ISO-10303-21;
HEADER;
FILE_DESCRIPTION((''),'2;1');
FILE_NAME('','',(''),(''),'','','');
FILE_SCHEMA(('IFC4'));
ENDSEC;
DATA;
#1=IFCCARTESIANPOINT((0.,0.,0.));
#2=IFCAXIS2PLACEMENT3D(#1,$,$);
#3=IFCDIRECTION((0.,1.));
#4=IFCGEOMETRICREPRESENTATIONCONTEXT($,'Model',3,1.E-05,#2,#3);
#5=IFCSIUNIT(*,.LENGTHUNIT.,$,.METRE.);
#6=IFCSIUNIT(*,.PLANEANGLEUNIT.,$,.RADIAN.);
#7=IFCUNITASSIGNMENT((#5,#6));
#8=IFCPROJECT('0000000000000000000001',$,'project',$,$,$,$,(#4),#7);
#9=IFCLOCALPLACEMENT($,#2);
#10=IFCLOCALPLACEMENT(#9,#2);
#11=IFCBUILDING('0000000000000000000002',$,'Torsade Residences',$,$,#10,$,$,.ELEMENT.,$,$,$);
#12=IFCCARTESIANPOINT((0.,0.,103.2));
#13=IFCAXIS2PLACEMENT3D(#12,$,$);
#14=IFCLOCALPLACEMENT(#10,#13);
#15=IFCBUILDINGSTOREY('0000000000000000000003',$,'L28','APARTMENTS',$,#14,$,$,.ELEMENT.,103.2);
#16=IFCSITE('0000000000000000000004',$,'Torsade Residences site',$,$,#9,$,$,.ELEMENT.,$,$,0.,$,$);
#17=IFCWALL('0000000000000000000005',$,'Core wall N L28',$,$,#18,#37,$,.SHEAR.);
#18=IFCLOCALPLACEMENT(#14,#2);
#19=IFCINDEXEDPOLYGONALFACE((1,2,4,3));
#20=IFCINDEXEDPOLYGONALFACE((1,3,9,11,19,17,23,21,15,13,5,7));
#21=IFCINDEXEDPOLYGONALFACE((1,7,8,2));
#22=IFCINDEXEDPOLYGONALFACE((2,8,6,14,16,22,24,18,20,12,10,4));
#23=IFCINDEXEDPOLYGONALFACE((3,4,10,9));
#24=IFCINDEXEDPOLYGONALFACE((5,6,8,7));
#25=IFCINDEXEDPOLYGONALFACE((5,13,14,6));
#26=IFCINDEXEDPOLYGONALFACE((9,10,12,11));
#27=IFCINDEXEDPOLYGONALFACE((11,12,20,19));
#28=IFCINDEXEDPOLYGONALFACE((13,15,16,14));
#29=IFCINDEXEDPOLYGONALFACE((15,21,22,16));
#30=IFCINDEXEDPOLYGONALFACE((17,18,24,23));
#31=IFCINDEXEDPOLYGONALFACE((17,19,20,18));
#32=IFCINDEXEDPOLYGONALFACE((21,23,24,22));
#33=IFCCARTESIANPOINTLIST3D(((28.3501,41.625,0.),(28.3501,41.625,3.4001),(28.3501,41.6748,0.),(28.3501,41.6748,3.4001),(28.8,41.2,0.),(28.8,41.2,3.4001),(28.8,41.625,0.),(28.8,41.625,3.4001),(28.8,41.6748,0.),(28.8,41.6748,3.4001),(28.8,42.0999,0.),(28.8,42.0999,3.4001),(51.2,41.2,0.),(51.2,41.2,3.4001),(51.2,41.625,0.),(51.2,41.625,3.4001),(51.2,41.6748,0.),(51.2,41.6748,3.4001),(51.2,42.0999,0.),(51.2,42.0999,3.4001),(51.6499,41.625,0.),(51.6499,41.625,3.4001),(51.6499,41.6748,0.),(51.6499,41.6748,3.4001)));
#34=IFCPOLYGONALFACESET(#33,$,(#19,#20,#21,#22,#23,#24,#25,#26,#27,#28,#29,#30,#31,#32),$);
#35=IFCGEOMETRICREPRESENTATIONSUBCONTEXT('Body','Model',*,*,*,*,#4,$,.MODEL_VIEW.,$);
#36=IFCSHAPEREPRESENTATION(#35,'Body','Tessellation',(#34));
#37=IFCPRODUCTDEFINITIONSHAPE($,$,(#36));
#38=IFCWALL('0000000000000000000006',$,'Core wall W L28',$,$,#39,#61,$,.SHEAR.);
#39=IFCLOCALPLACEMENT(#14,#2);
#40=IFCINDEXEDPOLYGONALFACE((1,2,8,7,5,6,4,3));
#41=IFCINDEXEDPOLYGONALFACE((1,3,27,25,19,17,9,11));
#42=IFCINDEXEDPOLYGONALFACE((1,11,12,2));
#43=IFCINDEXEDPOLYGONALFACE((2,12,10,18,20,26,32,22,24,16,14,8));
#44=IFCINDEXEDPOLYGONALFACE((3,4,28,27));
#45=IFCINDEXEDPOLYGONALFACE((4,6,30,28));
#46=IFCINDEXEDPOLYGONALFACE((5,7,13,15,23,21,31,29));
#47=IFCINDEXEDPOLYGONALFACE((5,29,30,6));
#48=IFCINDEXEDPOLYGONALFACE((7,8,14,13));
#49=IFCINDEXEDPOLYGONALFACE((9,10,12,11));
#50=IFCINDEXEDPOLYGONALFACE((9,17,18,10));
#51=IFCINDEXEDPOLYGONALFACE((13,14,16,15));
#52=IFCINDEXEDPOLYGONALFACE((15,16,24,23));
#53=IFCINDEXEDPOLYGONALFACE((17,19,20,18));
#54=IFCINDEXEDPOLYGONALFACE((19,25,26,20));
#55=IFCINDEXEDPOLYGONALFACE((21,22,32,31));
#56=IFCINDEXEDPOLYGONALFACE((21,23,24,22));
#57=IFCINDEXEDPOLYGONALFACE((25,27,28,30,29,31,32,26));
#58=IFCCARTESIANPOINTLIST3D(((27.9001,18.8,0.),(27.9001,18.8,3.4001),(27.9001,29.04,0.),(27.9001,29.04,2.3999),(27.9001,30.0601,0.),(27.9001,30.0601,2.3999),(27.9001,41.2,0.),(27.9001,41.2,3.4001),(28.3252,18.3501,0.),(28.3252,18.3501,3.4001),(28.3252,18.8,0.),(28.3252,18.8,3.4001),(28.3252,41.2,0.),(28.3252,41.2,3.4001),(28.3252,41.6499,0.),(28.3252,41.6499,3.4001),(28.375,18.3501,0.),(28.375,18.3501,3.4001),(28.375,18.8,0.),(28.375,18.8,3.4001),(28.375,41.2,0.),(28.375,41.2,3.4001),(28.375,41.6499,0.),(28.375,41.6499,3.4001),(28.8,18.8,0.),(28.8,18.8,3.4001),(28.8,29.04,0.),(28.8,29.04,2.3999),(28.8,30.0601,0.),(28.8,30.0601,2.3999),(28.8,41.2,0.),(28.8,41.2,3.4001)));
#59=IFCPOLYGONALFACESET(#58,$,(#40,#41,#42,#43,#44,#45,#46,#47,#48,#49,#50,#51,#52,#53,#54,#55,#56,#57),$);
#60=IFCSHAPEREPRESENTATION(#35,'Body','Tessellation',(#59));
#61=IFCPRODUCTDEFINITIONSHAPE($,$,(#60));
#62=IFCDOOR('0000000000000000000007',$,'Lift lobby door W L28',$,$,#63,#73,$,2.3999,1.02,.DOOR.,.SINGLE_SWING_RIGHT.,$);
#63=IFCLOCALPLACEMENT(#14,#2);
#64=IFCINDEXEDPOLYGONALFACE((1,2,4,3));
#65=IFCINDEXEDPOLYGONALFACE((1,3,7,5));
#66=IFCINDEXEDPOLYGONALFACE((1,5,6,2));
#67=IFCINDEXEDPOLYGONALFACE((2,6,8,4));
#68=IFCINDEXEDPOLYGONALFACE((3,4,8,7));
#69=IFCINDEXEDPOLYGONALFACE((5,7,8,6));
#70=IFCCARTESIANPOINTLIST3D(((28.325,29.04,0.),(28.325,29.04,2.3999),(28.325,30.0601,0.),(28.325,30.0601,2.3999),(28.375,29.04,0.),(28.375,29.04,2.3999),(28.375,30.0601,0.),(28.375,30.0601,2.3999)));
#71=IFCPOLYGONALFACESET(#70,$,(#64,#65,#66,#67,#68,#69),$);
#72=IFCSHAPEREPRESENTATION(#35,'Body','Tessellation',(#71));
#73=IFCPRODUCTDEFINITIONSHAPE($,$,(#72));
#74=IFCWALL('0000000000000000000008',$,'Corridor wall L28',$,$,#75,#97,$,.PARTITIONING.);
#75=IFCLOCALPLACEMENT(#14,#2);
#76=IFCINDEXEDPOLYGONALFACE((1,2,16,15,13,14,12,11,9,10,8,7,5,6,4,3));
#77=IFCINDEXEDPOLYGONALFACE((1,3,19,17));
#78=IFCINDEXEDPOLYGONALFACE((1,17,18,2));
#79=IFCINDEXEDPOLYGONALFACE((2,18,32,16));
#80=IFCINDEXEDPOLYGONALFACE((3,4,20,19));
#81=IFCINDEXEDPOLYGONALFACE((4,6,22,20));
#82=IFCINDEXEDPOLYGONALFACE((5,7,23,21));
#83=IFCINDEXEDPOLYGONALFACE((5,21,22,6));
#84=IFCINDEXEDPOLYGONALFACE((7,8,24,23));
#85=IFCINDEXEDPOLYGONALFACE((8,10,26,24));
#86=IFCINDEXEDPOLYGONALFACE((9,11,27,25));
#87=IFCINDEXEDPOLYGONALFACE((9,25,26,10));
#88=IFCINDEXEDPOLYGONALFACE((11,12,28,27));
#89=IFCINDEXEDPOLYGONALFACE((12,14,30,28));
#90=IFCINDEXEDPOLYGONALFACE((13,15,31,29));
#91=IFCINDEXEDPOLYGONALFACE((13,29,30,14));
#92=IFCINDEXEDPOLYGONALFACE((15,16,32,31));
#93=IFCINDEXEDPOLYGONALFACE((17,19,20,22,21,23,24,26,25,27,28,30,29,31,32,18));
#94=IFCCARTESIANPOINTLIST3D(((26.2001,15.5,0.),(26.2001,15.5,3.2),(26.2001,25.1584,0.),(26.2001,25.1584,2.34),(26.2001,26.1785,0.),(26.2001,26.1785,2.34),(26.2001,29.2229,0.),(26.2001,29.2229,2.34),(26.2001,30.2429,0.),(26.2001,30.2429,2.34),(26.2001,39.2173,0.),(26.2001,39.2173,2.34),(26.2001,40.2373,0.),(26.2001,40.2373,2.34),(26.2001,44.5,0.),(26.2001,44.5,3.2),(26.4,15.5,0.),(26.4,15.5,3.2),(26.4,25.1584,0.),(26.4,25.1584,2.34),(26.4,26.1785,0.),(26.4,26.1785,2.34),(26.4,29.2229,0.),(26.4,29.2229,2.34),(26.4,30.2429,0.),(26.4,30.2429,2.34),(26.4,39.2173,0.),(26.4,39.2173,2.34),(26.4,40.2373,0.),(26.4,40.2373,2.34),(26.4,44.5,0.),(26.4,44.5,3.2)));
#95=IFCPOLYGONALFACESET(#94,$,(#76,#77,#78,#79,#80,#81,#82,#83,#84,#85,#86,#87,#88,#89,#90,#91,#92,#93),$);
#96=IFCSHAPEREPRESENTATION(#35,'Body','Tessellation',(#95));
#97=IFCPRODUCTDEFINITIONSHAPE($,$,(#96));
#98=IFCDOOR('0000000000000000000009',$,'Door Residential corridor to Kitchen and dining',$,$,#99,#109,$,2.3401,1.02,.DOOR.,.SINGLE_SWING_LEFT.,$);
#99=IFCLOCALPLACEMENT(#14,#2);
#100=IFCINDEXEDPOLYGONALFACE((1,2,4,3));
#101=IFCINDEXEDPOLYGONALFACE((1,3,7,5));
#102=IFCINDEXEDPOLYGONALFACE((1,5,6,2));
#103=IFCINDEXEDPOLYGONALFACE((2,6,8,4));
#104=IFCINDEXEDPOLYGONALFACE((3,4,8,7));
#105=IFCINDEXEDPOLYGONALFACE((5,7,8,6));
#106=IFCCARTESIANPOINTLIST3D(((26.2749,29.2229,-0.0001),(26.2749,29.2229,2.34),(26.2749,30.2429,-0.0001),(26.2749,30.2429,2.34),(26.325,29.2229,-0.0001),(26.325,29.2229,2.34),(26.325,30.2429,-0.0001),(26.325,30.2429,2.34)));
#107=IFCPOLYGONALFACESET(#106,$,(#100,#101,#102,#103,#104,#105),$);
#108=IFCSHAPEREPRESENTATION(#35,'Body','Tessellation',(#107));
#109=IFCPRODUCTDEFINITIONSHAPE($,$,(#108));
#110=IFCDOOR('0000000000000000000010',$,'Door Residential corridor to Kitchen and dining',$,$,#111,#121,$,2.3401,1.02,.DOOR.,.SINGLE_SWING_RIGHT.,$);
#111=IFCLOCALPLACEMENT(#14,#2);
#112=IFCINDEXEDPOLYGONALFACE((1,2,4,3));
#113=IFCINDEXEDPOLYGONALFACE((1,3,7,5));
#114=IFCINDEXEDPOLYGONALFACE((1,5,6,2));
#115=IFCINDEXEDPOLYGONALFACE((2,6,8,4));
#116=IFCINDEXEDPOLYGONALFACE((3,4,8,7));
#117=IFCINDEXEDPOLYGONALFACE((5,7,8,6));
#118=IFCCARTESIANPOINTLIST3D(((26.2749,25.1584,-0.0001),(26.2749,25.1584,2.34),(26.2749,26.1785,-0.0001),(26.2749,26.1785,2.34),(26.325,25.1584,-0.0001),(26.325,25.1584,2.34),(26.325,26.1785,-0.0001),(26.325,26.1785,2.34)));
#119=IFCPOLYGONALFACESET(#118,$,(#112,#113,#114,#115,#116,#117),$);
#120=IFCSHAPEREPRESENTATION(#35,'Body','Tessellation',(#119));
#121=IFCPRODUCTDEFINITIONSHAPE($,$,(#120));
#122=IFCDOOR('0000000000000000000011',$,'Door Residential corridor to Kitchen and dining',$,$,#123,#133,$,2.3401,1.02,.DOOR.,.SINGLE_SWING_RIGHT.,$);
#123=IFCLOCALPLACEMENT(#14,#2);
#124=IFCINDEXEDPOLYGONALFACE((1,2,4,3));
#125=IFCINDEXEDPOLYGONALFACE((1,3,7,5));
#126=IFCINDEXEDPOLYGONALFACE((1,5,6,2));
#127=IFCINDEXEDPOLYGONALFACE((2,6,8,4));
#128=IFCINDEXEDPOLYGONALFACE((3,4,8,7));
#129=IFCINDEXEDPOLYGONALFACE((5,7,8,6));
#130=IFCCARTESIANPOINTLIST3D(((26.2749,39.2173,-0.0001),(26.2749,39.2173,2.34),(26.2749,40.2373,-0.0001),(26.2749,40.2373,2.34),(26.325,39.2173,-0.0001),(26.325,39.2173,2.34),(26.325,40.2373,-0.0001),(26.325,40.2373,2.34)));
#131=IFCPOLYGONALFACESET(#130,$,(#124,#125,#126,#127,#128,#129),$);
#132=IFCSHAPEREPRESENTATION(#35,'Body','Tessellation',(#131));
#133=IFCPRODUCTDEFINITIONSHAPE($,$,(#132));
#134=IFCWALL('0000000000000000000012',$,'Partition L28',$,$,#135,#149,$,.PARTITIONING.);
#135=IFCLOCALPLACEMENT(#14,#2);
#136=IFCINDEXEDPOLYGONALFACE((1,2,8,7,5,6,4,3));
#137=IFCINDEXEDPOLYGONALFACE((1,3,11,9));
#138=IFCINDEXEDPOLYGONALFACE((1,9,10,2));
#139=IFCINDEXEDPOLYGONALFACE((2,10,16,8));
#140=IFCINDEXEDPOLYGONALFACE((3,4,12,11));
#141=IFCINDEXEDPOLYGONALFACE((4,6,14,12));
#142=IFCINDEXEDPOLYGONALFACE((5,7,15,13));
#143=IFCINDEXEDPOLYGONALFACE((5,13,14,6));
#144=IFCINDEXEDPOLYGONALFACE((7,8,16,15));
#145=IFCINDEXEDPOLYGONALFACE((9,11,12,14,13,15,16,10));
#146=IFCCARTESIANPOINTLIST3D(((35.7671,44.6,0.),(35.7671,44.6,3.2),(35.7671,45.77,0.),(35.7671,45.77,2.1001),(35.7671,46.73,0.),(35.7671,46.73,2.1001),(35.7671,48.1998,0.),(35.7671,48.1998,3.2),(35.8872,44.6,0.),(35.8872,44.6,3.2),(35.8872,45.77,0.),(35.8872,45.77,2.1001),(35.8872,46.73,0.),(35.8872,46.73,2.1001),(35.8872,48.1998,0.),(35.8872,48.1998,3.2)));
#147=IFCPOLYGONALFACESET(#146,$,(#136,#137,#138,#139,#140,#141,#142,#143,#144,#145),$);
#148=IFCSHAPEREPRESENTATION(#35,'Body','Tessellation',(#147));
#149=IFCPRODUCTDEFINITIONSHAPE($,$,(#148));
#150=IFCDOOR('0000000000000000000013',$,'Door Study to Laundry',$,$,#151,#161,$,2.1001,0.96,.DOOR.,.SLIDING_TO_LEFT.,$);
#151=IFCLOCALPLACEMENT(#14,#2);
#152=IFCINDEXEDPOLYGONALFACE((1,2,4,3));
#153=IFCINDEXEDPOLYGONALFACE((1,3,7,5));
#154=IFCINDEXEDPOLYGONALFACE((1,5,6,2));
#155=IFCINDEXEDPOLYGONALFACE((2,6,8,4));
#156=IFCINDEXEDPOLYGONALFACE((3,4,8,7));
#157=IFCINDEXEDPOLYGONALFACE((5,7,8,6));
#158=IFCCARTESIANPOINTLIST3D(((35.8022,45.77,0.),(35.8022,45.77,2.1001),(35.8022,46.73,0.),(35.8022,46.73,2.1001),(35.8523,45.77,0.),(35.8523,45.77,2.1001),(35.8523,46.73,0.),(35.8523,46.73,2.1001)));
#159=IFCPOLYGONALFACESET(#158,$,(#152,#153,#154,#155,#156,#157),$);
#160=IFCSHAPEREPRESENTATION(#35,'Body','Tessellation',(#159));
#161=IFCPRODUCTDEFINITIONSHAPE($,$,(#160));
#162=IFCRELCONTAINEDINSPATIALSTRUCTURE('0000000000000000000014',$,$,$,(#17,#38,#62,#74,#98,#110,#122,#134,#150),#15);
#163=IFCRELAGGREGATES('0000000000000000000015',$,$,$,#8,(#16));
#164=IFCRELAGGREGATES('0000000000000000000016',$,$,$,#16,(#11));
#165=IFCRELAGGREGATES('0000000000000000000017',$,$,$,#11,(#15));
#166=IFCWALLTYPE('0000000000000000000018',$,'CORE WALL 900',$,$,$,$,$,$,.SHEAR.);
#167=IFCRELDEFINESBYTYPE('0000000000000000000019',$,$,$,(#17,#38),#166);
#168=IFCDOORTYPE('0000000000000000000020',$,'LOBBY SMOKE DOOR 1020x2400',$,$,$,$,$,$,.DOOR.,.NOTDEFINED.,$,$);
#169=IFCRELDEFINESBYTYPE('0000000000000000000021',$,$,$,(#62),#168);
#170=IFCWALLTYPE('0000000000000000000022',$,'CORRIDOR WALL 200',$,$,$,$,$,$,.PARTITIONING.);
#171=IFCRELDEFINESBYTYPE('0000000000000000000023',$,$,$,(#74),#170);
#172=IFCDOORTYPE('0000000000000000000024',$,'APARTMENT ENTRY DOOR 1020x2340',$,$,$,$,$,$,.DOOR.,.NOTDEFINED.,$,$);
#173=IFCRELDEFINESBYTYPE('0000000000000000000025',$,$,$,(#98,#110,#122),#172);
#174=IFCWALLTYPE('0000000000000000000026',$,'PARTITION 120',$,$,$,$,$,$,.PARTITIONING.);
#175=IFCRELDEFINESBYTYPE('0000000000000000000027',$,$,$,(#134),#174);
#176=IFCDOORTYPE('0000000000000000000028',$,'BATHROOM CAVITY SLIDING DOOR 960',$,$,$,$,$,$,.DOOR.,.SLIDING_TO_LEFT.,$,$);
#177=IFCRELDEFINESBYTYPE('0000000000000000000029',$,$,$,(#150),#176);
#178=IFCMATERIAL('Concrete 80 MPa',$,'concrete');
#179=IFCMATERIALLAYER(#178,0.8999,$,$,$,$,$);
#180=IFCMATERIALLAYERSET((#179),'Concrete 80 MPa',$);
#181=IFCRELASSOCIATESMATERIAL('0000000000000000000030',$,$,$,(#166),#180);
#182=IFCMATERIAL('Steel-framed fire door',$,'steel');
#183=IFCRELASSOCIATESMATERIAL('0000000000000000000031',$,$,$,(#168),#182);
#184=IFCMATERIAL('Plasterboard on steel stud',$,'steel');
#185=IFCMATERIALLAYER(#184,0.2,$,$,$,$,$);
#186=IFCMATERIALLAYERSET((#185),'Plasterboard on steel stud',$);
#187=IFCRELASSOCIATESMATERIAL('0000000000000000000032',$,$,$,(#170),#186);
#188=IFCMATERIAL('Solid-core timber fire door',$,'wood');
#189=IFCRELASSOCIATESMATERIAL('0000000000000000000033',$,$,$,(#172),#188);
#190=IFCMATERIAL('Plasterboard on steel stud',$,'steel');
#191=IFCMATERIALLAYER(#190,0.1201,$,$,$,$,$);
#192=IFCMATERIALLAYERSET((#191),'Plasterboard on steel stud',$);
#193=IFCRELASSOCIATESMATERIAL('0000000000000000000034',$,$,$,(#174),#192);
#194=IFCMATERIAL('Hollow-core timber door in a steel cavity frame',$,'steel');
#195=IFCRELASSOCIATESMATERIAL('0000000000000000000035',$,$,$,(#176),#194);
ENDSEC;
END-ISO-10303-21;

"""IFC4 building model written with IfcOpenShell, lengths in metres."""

from ifc_helpers import new_model, si_unit, direction, frame, frame_2d, origin, place, context, subcontext, project, spatial, polyline, rectangle, outline, extrude, material, layer, layer_set, type_object, element, fill, save


model = new_model("IFC4")

# Units and contexts
model_context = context("Model", 3, precision=1e-05, world=origin(), true_north=direction((0.0, 1.0)))
body_context = subcontext(model_context, "Body", "Model", "MODEL_VIEW")
ifc_project = project(units=[si_unit("LENGTHUNIT", "METRE"), si_unit("PLANEANGLEUNIT", "RADIAN")], contexts=[model_context])

# Site, building, storey
site_placement = place(None, origin())
site = spatial("IfcSite", under=ifc_project, at=site_placement, Name="Torsade Residences site", CompositionType="ELEMENT", RefElevation=0.0)
building_placement = place(site_placement, origin())
building = spatial("IfcBuilding", under=site, at=building_placement, Name="Torsade Residences", CompositionType="ELEMENT")
storey_placement = place(building_placement, frame((0.0, 0.0, 103.2)))
storey = spatial("IfcBuildingStorey", under=building, at=storey_placement, Name="L28", Description="APARTMENTS", CompositionType="ELEMENT", Elevation=103.2)

# Wall
ifc_material_1 = material(Name="Concrete 80 MPa", Category="concrete")
ifc_layer_1 = layer(ifc_material_1, 0.8999)
ifc_layer_set_1 = layer_set([ifc_layer_1], Name="Concrete 80 MPa")
wall_type_1 = type_object("IfcWallType", Name="CORE WALL 900", PredefinedType="SHEAR", material=ifc_layer_set_1)
wall_1_placement = place(storey_placement, frame((28.8, 41.6499, 0.0), z_axis=(0.0, 0.0, 1.0), x_axis=(1.0, 0.0, 0.0)))
element("IfcWall", 1, at=wall_1_placement, inside=storey, type_object=wall_type_1, Name="Core wall N L28", PredefinedType="SHEAR", context=body_context, shape_type="SweptSolid", body=[
    extrude(outline(polyline([(0.0, -0.45), (22.3999, -0.45), (22.3999, -0.0249), (22.8499, -0.0249), (22.8499, 0.0249), (22.3999, 0.0249), (22.3999, 0.45), (0.0, 0.45), (0.0, 0.0249), (-0.45, 0.0249), (-0.45, -0.0249), (0.0, -0.0249), (0.0, -0.45)])), origin(), (0.0, 0.0, 1.0), 3.4001),
])

# Wall, opening, door
wall_2_placement = place(storey_placement, frame((28.3501, 41.2, 0.0), z_axis=(0.0, 0.0, 1.0), x_axis=(0.0, -1.0, 0.0)))
wall_2 = element("IfcWall", 2, at=wall_2_placement, inside=storey, type_object=wall_type_1, Name="Core wall W L28", PredefinedType="SHEAR", context=body_context, shape_type="SweptSolid", body=[
    extrude(outline(polyline([(0.0, -0.45), (22.3999, -0.45), (22.3999, -0.0249), (22.8499, -0.0249), (22.8499, 0.0249), (22.3999, 0.0249), (22.3999, 0.45), (0.0, 0.45), (0.0, 0.0249), (-0.45, 0.0249), (-0.45, -0.0249), (0.0, -0.0249), (0.0, -0.45)])), origin(), (0.0, 0.0, 1.0), 3.4001),
])
opening_1_placement = place(wall_2_placement, frame((11.1399, 0.0, 0.0)))
opening_1 = element("IfcOpeningElement", 3, at=opening_1_placement, cuts=wall_2, PredefinedType="OPENING", context=body_context, shape_type="SweptSolid", body=[
    extrude(rectangle(XDim=1.02, YDim=2.3999, at=frame_2d((0.51, 1.2))), frame((0.0, 0.46, 0.0), z_axis=(0.0, -1.0, 0.0), x_axis=(1.0, 0.0, 0.0)), (0.0, 0.0, 1.0), 0.9199),
])
ifc_material_2 = material(Name="Steel-framed fire door", Category="steel")
door_type_1 = type_object("IfcDoorType", Name="LOBBY SMOKE DOOR 1020x2400", OperationType="NOTDEFINED", PredefinedType="DOOR", material=ifc_material_2)
door_1_placement = place(opening_1_placement, origin())
door_1 = element("IfcDoor", 4, at=door_1_placement, inside=storey, type_object=door_type_1, Name="Lift lobby door W L28", OperationType="SINGLE_SWING_RIGHT", OverallHeight=2.3999, OverallWidth=1.02, PredefinedType="DOOR", context=body_context, shape_type="SweptSolid", body=[
    extrude(rectangle(XDim=1.02, YDim=2.3999, at=frame_2d((0.51, 1.2))), frame((0.0, 0.0249, 0.0), z_axis=(0.0, -1.0, 0.0), x_axis=(1.0, 0.0, 0.0)), (0.0, 0.0, 1.0), 0.05),
])
fill(opening_1, door_1)

# Wall, openings, doors
ifc_material_3 = material(Name="Plasterboard on steel stud", Category="steel")
ifc_layer_2 = layer(ifc_material_3, 0.2)
ifc_layer_set_2 = layer_set([ifc_layer_2], Name="Plasterboard on steel stud")
wall_type_2 = type_object("IfcWallType", Name="CORRIDOR WALL 200", PredefinedType="PARTITIONING", material=ifc_layer_set_2)
wall_3_placement = place(storey_placement, frame((26.3, 44.5, 0.0), z_axis=(0.0, 0.0, 1.0), x_axis=(0.0, -1.0, 0.0)))
wall_3 = element("IfcWall", 5, at=wall_3_placement, inside=storey, type_object=wall_type_2, Name="Corridor wall L28", PredefinedType="PARTITIONING", context=body_context, shape_type="SweptSolid", body=[
    extrude(rectangle(XDim=29.0, YDim=0.2, at=frame_2d((14.5, 0.0))), origin(), (0.0, 0.0, 1.0), 3.2),
])
opening_2_placement = place(wall_3_placement, frame((14.2571, 0.0, 0.0)))
opening_2 = element("IfcOpeningElement", 6, at=opening_2_placement, cuts=wall_3, PredefinedType="OPENING", context=body_context, shape_type="SweptSolid", body=[
    extrude(rectangle(XDim=1.02, YDim=2.3401, at=frame_2d((0.51, 1.1699))), frame((0.0, 0.1099, 0.0), z_axis=(0.0, -1.0, 0.0), x_axis=(1.0, 0.0, 0.0)), (0.0, 0.0, 1.0), 0.22),
])
opening_3_placement = place(wall_3_placement, frame((18.3215, 0.0, 0.0)))
opening_3 = element("IfcOpeningElement", 7, at=opening_3_placement, cuts=wall_3, PredefinedType="OPENING", context=body_context, shape_type="SweptSolid", body=[
    extrude(rectangle(XDim=1.02, YDim=2.3401, at=frame_2d((0.51, 1.1699))), frame((0.0, 0.1099, 0.0), z_axis=(0.0, -1.0, 0.0), x_axis=(1.0, 0.0, 0.0)), (0.0, 0.0, 1.0), 0.22),
])
opening_4_placement = place(wall_3_placement, frame((4.2627, 0.0, 0.0)))
opening_4 = element("IfcOpeningElement", 8, at=opening_4_placement, cuts=wall_3, PredefinedType="OPENING", context=body_context, shape_type="SweptSolid", body=[
    extrude(rectangle(XDim=1.02, YDim=2.3401, at=frame_2d((0.51, 1.1699))), frame((0.0, 0.1099, 0.0), z_axis=(0.0, -1.0, 0.0), x_axis=(1.0, 0.0, 0.0)), (0.0, 0.0, 1.0), 0.22),
])
ifc_material_4 = material(Name="Solid-core timber fire door", Category="wood")
door_type_2 = type_object("IfcDoorType", Name="APARTMENT ENTRY DOOR 1020x2340", OperationType="NOTDEFINED", PredefinedType="DOOR", material=ifc_material_4)
door_2_placement = place(opening_2_placement, origin())
door_2 = element("IfcDoor", 9, at=door_2_placement, inside=storey, type_object=door_type_2, Name="Door Residential corridor to Kitchen and dining", OperationType="SINGLE_SWING_LEFT", OverallHeight=2.3401, OverallWidth=1.02, PredefinedType="DOOR", context=body_context, shape_type="SweptSolid", body=[
    extrude(rectangle(XDim=1.02, YDim=2.3401, at=frame_2d((0.51, 1.1699))), frame((0.0, 0.0249, 0.0), z_axis=(0.0, -1.0, 0.0), x_axis=(1.0, 0.0, 0.0)), (0.0, 0.0, 1.0), 0.05),
])
fill(opening_2, door_2)
door_3_placement = place(opening_3_placement, origin())
door_3 = element("IfcDoor", 10, at=door_3_placement, inside=storey, type_object=door_type_2, Name="Door Residential corridor to Kitchen and dining", OperationType="SINGLE_SWING_RIGHT", OverallHeight=2.3401, OverallWidth=1.02, PredefinedType="DOOR", context=body_context, shape_type="SweptSolid", body=[
    extrude(rectangle(XDim=1.02, YDim=2.3401, at=frame_2d((0.51, 1.1699))), frame((0.0, 0.0249, 0.0), z_axis=(0.0, -1.0, 0.0), x_axis=(1.0, 0.0, 0.0)), (0.0, 0.0, 1.0), 0.05),
])
fill(opening_3, door_3)
door_4_placement = place(opening_4_placement, origin())
door_4 = element("IfcDoor", 11, at=door_4_placement, inside=storey, type_object=door_type_2, Name="Door Residential corridor to Kitchen and dining", OperationType="SINGLE_SWING_RIGHT", OverallHeight=2.3401, OverallWidth=1.02, PredefinedType="DOOR", context=body_context, shape_type="SweptSolid", body=[
    extrude(rectangle(XDim=1.02, YDim=2.3401, at=frame_2d((0.51, 1.1699))), frame((0.0, 0.0249, 0.0), z_axis=(0.0, -1.0, 0.0), x_axis=(1.0, 0.0, 0.0)), (0.0, 0.0, 1.0), 0.05),
])
fill(opening_4, door_4)

# Wall, opening, door
ifc_material_5 = material(Name="Plasterboard on steel stud", Category="steel")
ifc_layer_3 = layer(ifc_material_5, 0.1201)
ifc_layer_set_3 = layer_set([ifc_layer_3], Name="Plasterboard on steel stud")
wall_type_3 = type_object("IfcWallType", Name="PARTITION 120", PredefinedType="PARTITIONING", material=ifc_layer_set_3)
wall_4_placement = place(storey_placement, frame((35.8271, 44.6001, 0.0), z_axis=(0.0, 0.0, 1.0), x_axis=(0.0, 1.0, 0.0)))
wall_4 = element("IfcWall", 12, at=wall_4_placement, inside=storey, type_object=wall_type_3, Name="Partition L28", PredefinedType="PARTITIONING", context=body_context, shape_type="SweptSolid", body=[
    extrude(rectangle(XDim=3.5999, YDim=0.1201, at=frame_2d((1.7998, 0.0))), origin(), (0.0, 0.0, 1.0), 3.2),
])
opening_5_placement = place(wall_4_placement, frame((1.1699, 0.0, 0.0)))
opening_5 = element("IfcOpeningElement", 13, at=opening_5_placement, cuts=wall_4, PredefinedType="OPENING", context=body_context, shape_type="SweptSolid", body=[
    extrude(rectangle(XDim=0.96, YDim=2.1001, at=frame_2d((0.48, 1.05))), frame((0.0, 0.0701, 0.0), z_axis=(0.0, -1.0, 0.0), x_axis=(1.0, 0.0, 0.0)), (0.0, 0.0, 1.0), 0.1401),
])
ifc_material_6 = material(Name="Hollow-core timber door in a steel cavity frame", Category="steel")
door_type_3 = type_object("IfcDoorType", Name="BATHROOM CAVITY SLIDING DOOR 960", OperationType="SLIDING_TO_LEFT", PredefinedType="DOOR", material=ifc_material_6)
door_5_placement = place(opening_5_placement, origin())
door_5 = element("IfcDoor", 14, at=door_5_placement, inside=storey, type_object=door_type_3, Name="Door Study to Laundry", OperationType="SLIDING_TO_LEFT", OverallHeight=2.1001, OverallWidth=0.96, PredefinedType="DOOR", context=body_context, shape_type="SweptSolid", body=[
    extrude(rectangle(XDim=0.96, YDim=2.1001, at=frame_2d((0.48, 1.05))), frame((0.0, 0.0249, 0.0), z_axis=(0.0, -1.0, 0.0), x_axis=(1.0, 0.0, 0.0)), (0.0, 0.0, 1.0), 0.05),
])
fill(opening_5, door_5)

save(model, "model.ifc")
